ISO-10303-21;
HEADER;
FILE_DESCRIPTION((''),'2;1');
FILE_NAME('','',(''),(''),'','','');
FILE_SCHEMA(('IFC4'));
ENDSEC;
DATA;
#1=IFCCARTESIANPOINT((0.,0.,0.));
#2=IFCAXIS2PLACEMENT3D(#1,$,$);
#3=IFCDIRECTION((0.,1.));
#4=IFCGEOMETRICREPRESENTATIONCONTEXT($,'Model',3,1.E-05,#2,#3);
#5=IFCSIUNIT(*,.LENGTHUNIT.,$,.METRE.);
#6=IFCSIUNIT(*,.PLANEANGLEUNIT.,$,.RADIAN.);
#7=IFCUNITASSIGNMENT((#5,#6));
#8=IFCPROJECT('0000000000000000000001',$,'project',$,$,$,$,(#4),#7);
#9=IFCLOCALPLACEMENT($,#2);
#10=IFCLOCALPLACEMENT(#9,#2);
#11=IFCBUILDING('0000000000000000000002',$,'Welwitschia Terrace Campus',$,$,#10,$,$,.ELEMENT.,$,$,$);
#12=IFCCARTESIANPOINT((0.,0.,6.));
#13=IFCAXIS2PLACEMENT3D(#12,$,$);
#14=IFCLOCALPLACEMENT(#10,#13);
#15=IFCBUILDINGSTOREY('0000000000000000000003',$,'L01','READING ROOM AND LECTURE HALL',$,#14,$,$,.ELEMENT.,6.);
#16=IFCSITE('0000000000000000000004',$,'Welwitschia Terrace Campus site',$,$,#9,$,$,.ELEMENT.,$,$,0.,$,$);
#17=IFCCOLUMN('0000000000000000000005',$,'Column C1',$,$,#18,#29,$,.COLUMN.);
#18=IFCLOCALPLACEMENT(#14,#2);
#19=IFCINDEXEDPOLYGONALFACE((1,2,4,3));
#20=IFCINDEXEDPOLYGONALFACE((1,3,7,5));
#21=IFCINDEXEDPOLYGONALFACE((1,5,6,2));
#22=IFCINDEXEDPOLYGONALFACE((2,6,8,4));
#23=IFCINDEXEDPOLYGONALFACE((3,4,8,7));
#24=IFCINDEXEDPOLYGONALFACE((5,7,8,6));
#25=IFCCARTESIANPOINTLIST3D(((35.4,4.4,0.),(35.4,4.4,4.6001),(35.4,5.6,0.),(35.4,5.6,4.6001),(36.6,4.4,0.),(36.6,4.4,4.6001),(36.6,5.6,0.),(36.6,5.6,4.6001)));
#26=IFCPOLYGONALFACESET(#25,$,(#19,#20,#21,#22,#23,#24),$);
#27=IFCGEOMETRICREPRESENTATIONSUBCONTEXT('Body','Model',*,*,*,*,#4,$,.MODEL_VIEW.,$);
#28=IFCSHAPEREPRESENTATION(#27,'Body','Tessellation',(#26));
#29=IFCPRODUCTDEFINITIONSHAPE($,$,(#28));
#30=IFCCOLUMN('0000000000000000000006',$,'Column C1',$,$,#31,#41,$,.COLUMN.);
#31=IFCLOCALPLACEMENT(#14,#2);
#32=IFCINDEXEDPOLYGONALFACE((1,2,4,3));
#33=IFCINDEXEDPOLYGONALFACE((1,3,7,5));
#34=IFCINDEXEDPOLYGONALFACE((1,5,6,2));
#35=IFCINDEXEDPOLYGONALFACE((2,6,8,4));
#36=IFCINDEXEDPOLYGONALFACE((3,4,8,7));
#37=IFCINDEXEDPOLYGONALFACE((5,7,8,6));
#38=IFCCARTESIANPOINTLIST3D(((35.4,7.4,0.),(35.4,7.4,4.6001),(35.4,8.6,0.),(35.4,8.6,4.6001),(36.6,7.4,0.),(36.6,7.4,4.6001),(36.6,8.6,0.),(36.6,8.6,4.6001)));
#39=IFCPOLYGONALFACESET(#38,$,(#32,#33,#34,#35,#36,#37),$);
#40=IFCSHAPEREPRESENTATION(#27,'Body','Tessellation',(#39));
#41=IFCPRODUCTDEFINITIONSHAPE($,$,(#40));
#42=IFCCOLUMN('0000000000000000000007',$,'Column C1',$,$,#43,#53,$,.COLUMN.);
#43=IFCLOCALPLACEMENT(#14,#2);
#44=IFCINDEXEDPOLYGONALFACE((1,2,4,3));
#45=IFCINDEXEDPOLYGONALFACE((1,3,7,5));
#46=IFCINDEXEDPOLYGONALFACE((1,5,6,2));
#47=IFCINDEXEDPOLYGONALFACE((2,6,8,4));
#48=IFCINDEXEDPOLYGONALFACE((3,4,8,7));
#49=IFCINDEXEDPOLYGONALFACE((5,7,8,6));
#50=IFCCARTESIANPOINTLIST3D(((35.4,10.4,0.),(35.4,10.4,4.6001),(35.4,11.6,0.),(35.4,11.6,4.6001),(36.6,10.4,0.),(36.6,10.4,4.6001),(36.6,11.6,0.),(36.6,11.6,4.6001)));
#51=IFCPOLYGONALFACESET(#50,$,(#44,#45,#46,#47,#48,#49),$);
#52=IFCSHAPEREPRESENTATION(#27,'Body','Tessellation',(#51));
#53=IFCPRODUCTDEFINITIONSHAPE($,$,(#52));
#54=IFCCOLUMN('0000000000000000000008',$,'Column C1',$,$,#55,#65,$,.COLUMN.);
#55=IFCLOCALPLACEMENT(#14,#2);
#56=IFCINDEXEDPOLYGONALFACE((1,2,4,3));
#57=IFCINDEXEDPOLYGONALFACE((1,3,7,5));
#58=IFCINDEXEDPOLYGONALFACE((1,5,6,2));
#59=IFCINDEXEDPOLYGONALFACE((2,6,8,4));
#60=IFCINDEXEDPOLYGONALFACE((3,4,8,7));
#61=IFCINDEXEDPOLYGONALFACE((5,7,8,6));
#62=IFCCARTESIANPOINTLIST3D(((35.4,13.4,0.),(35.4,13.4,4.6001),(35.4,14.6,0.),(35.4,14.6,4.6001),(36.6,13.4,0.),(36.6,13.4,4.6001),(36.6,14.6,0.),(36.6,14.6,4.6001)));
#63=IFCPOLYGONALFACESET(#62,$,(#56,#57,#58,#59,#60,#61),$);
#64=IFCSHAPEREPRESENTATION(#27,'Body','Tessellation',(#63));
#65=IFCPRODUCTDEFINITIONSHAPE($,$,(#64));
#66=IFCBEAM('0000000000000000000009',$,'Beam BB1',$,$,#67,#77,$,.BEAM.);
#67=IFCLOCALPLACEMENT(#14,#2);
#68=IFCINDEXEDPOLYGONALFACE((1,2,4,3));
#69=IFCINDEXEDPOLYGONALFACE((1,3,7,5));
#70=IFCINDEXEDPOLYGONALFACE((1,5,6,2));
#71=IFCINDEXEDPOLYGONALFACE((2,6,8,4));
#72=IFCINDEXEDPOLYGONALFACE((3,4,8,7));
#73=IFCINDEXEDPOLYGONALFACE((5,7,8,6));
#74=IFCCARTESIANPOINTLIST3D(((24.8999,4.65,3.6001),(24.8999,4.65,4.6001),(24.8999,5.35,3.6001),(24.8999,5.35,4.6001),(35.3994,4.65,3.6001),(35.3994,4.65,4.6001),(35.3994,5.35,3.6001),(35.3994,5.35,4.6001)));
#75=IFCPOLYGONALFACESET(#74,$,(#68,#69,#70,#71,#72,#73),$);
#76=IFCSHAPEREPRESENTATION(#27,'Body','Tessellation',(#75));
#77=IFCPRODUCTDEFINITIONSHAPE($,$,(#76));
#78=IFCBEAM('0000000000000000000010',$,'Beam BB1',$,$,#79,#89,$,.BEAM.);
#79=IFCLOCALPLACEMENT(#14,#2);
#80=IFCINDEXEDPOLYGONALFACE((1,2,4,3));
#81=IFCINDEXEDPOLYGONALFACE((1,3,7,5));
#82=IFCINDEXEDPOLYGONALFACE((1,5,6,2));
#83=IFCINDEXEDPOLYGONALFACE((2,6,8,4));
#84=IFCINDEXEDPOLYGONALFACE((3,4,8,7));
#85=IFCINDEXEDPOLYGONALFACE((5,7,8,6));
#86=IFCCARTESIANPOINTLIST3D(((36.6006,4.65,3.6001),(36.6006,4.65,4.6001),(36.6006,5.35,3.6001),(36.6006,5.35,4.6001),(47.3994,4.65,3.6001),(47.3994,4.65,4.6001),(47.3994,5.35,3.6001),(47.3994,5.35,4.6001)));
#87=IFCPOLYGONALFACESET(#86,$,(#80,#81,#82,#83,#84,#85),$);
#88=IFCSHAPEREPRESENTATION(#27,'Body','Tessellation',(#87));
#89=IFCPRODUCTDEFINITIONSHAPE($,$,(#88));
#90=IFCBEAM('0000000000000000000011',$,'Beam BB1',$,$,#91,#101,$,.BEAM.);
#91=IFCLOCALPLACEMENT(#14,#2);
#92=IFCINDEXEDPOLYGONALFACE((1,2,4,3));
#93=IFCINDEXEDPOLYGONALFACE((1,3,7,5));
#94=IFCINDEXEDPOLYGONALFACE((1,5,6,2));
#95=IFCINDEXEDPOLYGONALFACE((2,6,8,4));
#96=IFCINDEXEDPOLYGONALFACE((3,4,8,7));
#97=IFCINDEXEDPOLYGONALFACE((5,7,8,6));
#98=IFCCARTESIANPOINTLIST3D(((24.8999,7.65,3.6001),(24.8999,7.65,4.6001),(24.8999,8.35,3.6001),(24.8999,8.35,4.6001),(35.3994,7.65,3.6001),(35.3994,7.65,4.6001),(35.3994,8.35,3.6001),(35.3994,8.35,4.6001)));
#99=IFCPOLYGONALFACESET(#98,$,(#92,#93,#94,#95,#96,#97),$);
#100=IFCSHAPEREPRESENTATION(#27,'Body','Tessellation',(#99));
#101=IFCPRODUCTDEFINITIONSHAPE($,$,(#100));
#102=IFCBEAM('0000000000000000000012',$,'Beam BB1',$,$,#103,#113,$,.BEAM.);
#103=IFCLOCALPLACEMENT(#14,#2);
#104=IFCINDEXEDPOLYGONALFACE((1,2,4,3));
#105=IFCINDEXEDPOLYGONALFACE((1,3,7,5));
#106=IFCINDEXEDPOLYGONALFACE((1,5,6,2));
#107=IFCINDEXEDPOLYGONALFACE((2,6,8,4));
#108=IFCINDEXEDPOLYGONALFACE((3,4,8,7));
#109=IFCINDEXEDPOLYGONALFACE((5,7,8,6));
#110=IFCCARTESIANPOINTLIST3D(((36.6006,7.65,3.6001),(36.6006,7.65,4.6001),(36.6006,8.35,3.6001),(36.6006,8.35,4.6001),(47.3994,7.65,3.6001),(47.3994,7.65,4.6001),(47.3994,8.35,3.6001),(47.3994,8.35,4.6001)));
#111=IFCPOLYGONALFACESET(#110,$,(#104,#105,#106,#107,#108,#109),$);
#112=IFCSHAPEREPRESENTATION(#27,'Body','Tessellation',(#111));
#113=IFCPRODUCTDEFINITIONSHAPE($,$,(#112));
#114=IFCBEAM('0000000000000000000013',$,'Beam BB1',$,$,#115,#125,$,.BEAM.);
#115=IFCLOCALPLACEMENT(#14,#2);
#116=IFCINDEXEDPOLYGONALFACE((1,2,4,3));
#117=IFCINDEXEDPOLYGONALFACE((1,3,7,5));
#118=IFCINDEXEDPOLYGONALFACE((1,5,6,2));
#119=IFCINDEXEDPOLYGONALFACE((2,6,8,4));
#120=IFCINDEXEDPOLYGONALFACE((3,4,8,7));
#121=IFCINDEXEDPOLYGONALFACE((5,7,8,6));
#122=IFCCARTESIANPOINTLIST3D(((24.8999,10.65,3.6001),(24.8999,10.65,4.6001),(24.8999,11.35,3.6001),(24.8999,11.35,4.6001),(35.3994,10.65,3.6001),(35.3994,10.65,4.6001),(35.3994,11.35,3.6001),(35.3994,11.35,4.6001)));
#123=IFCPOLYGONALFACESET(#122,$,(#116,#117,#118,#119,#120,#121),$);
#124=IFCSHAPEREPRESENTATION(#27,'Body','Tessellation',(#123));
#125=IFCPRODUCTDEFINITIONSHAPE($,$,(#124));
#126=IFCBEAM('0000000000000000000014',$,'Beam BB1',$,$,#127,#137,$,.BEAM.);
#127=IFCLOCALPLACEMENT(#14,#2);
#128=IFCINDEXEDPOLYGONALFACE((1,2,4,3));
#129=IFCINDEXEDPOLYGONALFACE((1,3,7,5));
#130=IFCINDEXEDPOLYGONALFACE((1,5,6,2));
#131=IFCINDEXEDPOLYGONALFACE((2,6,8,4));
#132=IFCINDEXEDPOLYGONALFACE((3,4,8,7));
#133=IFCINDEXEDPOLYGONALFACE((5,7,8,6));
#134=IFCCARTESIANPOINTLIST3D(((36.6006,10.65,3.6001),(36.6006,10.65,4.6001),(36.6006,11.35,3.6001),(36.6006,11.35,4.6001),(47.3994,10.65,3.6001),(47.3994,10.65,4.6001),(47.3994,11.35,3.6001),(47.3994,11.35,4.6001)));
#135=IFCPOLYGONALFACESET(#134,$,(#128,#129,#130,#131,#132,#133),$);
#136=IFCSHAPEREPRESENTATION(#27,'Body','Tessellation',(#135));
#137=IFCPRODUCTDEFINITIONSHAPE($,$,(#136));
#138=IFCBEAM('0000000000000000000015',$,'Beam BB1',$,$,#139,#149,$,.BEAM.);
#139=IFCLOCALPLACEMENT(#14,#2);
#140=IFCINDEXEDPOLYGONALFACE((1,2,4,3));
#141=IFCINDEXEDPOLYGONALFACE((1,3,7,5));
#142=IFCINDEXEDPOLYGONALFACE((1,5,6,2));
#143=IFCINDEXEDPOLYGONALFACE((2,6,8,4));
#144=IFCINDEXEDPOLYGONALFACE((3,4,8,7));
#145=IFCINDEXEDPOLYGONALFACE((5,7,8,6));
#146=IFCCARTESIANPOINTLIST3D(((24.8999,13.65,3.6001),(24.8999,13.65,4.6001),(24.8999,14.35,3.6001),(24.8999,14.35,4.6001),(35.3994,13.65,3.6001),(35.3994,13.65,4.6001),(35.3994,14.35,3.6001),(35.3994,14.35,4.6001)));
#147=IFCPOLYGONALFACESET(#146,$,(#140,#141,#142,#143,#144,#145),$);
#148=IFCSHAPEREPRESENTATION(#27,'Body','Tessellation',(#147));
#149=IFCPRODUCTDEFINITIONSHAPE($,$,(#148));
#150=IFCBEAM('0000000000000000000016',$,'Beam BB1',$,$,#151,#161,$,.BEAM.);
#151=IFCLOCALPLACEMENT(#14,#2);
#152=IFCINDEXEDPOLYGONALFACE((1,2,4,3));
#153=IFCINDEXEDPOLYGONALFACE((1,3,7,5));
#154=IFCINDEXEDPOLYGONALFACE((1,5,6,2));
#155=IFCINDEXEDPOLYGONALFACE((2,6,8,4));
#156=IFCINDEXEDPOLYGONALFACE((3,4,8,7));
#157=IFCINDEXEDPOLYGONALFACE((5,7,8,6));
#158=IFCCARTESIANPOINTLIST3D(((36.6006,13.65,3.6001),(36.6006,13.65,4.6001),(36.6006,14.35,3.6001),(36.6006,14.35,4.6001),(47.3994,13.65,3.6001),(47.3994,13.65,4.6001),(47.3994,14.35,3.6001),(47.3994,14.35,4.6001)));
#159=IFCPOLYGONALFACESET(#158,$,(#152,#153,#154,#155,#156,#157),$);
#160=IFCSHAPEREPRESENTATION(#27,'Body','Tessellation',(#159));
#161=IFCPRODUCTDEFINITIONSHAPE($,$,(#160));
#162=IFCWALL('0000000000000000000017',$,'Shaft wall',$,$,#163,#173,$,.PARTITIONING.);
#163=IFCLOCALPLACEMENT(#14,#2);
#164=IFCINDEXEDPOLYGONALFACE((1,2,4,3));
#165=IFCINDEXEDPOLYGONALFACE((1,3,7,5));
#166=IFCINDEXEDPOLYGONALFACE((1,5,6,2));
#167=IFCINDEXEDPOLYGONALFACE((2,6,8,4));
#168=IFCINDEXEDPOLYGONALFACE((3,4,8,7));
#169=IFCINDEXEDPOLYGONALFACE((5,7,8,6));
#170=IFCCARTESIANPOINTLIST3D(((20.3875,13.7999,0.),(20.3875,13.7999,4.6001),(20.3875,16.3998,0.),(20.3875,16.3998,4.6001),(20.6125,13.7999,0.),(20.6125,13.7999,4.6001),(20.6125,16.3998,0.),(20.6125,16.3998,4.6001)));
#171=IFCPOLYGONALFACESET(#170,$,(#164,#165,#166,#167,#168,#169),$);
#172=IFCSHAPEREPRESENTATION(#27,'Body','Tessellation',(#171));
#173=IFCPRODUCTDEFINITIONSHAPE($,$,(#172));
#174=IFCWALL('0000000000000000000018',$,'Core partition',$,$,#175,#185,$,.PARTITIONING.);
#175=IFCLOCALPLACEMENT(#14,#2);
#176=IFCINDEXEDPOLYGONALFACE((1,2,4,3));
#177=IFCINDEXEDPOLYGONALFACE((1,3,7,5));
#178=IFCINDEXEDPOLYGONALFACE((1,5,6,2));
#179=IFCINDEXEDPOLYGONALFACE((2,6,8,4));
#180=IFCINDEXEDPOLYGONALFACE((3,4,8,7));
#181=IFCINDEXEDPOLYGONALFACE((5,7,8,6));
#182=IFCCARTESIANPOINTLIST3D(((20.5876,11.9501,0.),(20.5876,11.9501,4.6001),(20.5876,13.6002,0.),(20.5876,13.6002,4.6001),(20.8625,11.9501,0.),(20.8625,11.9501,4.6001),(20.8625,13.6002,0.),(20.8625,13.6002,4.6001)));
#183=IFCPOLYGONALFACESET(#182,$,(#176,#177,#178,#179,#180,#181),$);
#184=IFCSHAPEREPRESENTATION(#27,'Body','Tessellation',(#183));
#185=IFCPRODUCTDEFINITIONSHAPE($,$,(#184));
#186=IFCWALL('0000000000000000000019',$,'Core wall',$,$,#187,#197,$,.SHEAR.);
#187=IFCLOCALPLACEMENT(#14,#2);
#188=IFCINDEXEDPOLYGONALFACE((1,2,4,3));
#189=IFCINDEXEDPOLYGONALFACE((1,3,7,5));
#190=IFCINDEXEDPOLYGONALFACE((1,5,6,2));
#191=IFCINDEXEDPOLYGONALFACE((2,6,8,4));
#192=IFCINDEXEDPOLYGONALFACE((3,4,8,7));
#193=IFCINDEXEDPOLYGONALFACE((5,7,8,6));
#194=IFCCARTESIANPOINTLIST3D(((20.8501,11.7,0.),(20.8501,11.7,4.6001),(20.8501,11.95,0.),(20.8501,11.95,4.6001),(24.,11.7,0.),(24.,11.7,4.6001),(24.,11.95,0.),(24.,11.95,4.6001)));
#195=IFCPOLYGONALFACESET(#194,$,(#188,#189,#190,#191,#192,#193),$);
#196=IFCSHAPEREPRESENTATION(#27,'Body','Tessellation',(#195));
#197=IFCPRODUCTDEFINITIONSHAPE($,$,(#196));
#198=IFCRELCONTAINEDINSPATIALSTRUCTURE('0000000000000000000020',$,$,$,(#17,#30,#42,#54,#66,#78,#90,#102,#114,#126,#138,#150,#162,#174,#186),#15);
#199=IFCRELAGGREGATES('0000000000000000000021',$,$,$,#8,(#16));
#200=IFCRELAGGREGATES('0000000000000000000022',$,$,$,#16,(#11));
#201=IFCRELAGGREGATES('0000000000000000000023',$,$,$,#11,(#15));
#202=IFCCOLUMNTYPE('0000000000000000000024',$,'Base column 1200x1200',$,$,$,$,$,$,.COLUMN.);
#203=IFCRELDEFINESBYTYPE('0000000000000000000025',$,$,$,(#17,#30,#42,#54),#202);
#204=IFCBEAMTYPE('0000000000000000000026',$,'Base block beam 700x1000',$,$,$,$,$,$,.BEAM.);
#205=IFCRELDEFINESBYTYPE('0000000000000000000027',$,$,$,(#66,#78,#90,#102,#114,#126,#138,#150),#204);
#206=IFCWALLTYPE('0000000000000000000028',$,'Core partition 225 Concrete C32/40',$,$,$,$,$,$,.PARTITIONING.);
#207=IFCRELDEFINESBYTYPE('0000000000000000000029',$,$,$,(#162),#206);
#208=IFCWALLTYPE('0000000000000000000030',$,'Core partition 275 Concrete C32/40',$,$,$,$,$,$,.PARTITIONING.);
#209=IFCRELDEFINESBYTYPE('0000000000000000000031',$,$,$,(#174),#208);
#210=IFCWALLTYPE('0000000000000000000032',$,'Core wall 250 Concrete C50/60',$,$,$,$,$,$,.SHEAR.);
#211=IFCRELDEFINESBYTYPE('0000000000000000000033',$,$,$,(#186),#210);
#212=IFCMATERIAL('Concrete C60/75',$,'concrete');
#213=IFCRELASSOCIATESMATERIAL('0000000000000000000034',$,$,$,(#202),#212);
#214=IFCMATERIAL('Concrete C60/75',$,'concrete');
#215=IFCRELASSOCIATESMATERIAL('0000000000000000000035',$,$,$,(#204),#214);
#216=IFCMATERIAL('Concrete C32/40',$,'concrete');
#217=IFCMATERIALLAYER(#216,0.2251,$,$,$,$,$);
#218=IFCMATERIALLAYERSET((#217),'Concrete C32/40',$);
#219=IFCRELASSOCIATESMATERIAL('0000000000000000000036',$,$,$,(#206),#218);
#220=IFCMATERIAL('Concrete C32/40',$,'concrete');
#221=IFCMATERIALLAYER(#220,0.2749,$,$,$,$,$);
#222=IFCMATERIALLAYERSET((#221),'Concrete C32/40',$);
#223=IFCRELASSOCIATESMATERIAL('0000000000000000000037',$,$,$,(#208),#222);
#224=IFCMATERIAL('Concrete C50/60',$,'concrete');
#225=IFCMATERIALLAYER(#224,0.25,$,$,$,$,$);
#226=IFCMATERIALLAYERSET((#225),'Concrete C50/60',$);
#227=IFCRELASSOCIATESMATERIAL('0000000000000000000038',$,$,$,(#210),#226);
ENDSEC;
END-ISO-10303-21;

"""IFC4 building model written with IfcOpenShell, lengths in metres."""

from ifc_helpers import new_model, si_unit, direction, frame, frame_2d, origin, origin_2d, place, context, subcontext, project, spatial, rectangle, extrude, material, layer, layer_set, material_profile, profile_set, type_object, element, save


model = new_model("IFC4")

# Units and contexts
model_context = context("Model", 3, precision=1e-05, world=origin(), true_north=direction((0.0, 1.0)))
body_context = subcontext(model_context, "Body", "Model", "MODEL_VIEW")
ifc_project = project(units=[si_unit("LENGTHUNIT", "METRE"), si_unit("PLANEANGLEUNIT", "RADIAN")], contexts=[model_context])

# Site, building, storey
site_placement = place(None, origin())
site = spatial("IfcSite", under=ifc_project, at=site_placement, Name="Welwitschia Terrace Campus site", CompositionType="ELEMENT", RefElevation=0.0)
building_placement = place(site_placement, origin())
building = spatial("IfcBuilding", under=site, at=building_placement, Name="Welwitschia Terrace Campus", CompositionType="ELEMENT")
storey_placement = place(building_placement, frame((0.0, 0.0, 6.0)))
storey = spatial("IfcBuildingStorey", under=building, at=storey_placement, Name="L01", Description="READING ROOM AND LECTURE HALL", CompositionType="ELEMENT", Elevation=6.0)

# Columns
ifc_material_1 = material(Name="Concrete C60/75", Category="concrete")
ifc_material_profile_1 = material_profile(ifc_material_1, rectangle(XDim=1.2, YDim=1.2, at=origin_2d()))
ifc_profile_set_1 = profile_set([ifc_material_profile_1], Name="Concrete C60/75")
column_type = type_object("IfcColumnType", Name="Base column 1200x1200", PredefinedType="COLUMN", material=ifc_profile_set_1)
for number, where, z_axis, x_axis, name in (
    (1, (36.0, 5.0, 0.0), (0.0, 0.0, 1.0), (1.0, 0.0, 0.0), "Column C1"),
    (2, (36.0, 8.0, 0.0), (0.0, 0.0, 1.0), (1.0, 0.0, 0.0), "Column C1"),
    (3, (36.0, 11.0, 0.0), (0.0, 0.0, 1.0), (1.0, 0.0, 0.0), "Column C1"),
    (4, (36.0, 14.0, 0.0), (0.0, 0.0, 1.0), (1.0, 0.0, 0.0), "Column C1"),
):
    element("IfcColumn", number, at=place(storey_placement, frame(where, z_axis=z_axis, x_axis=x_axis)), inside=storey, type_object=column_type, Name=name, PredefinedType="COLUMN", context=body_context, shape_type="SweptSolid", body=[
        extrude(rectangle(XDim=1.2, YDim=1.2, at=origin_2d()), origin(), (0.0, 0.0, 1.0), 4.6001),
    ])

# Beams
ifc_material_2 = material(Name="Concrete C60/75", Category="concrete")
ifc_material_profile_2 = material_profile(ifc_material_2, rectangle(XDim=0.7, YDim=1.0, at=origin_2d()))
ifc_profile_set_2 = profile_set([ifc_material_profile_2], Name="Concrete C60/75")
beam_type = type_object("IfcBeamType", Name="Base block beam 700x1000", PredefinedType="BEAM", material=ifc_profile_set_2)
beam_1_placement = place(storey_placement, frame((24.8999, 5.0, 4.1001), z_axis=(1.0, 0.0, 0.0), x_axis=(0.0, 1.0, 0.0)))
element("IfcBeam", 5, at=beam_1_placement, inside=storey, type_object=beam_type, Name="Beam BB1", PredefinedType="BEAM", context=body_context, shape_type="SweptSolid", body=[
    extrude(rectangle(XDim=0.7, YDim=1.0, at=origin_2d()), origin(), (0.0, 0.0, 1.0), 10.4995),
])
beam_2_placement = place(storey_placement, frame((36.6006, 5.0, 4.1001), z_axis=(1.0, 0.0, 0.0), x_axis=(0.0, 1.0, 0.0)))
element("IfcBeam", 6, at=beam_2_placement, inside=storey, type_object=beam_type, Name="Beam BB1", PredefinedType="BEAM", context=body_context, shape_type="SweptSolid", body=[
    extrude(rectangle(XDim=0.7, YDim=1.0, at=origin_2d()), origin(), (0.0, 0.0, 1.0), 10.7988),
])
beam_3_placement = place(storey_placement, frame((24.8999, 8.0, 4.1001), z_axis=(1.0, 0.0, 0.0), x_axis=(0.0, 1.0, 0.0)))
element("IfcBeam", 7, at=beam_3_placement, inside=storey, type_object=beam_type, Name="Beam BB1", PredefinedType="BEAM", context=body_context, shape_type="SweptSolid", body=[
    extrude(rectangle(XDim=0.7, YDim=1.0, at=origin_2d()), origin(), (0.0, 0.0, 1.0), 10.4995),
])
beam_4_placement = place(storey_placement, frame((36.6006, 8.0, 4.1001), z_axis=(1.0, 0.0, 0.0), x_axis=(0.0, 1.0, 0.0)))
element("IfcBeam", 8, at=beam_4_placement, inside=storey, type_object=beam_type, Name="Beam BB1", PredefinedType="BEAM", context=body_context, shape_type="SweptSolid", body=[
    extrude(rectangle(XDim=0.7, YDim=1.0, at=origin_2d()), origin(), (0.0, 0.0, 1.0), 10.7988),
])
beam_5_placement = place(storey_placement, frame((24.8999, 11.0, 4.1001), z_axis=(1.0, 0.0, 0.0), x_axis=(0.0, 1.0, 0.0)))
element("IfcBeam", 9, at=beam_5_placement, inside=storey, type_object=beam_type, Name="Beam BB1", PredefinedType="BEAM", context=body_context, shape_type="SweptSolid", body=[
    extrude(rectangle(XDim=0.7, YDim=1.0, at=origin_2d()), origin(), (0.0, 0.0, 1.0), 10.4995),
])
beam_6_placement = place(storey_placement, frame((36.6006, 11.0, 4.1001), z_axis=(1.0, 0.0, 0.0), x_axis=(0.0, 1.0, 0.0)))
element("IfcBeam", 10, at=beam_6_placement, inside=storey, type_object=beam_type, Name="Beam BB1", PredefinedType="BEAM", context=body_context, shape_type="SweptSolid", body=[
    extrude(rectangle(XDim=0.7, YDim=1.0, at=origin_2d()), origin(), (0.0, 0.0, 1.0), 10.7988),
])
beam_7_placement = place(storey_placement, frame((24.8999, 14.0, 4.1001), z_axis=(1.0, 0.0, 0.0), x_axis=(0.0, 1.0, 0.0)))
element("IfcBeam", 11, at=beam_7_placement, inside=storey, type_object=beam_type, Name="Beam BB1", PredefinedType="BEAM", context=body_context, shape_type="SweptSolid", body=[
    extrude(rectangle(XDim=0.7, YDim=1.0, at=origin_2d()), origin(), (0.0, 0.0, 1.0), 10.4995),
])
beam_8_placement = place(storey_placement, frame((36.6006, 14.0, 4.1001), z_axis=(1.0, 0.0, 0.0), x_axis=(0.0, 1.0, 0.0)))
element("IfcBeam", 12, at=beam_8_placement, inside=storey, type_object=beam_type, Name="Beam BB1", PredefinedType="BEAM", context=body_context, shape_type="SweptSolid", body=[
    extrude(rectangle(XDim=0.7, YDim=1.0, at=origin_2d()), origin(), (0.0, 0.0, 1.0), 10.7988),
])

# Walls
ifc_material_3 = material(Name="Concrete C32/40", Category="concrete")
ifc_layer_1 = layer(ifc_material_3, 0.2251)
ifc_layer_set_1 = layer_set([ifc_layer_1], Name="Concrete C32/40")
wall_type_1 = type_object("IfcWallType", Name="Core partition 225 Concrete C32/40", PredefinedType="PARTITIONING", material=ifc_layer_set_1)
wall_1_placement = place(storey_placement, frame((20.5, 13.8, 0.0), z_axis=(0.0, 0.0, 1.0), x_axis=(0.0, 1.0, 0.0)))
element("IfcWall", 13, at=wall_1_placement, inside=storey, type_object=wall_type_1, Name="Shaft wall", PredefinedType="PARTITIONING", context=body_context, shape_type="SweptSolid", body=[
    extrude(rectangle(XDim=2.5999, YDim=0.2251, at=frame_2d((1.2998, 0.0))), origin(), (0.0, 0.0, 1.0), 4.6001),
])
ifc_material_4 = material(Name="Concrete C32/40", Category="concrete")
ifc_layer_2 = layer(ifc_material_4, 0.2749)
ifc_layer_set_2 = layer_set([ifc_layer_2], Name="Concrete C32/40")
wall_type_2 = type_object("IfcWallType", Name="Core partition 275 Concrete C32/40", PredefinedType="PARTITIONING", material=ifc_layer_set_2)
wall_2_placement = place(storey_placement, frame((20.7251, 11.95, 0.0), z_axis=(0.0, 0.0, 1.0), x_axis=(0.0, 1.0, 0.0)))
element("IfcWall", 14, at=wall_2_placement, inside=storey, type_object=wall_type_2, Name="Core partition", PredefinedType="PARTITIONING", context=body_context, shape_type="SweptSolid", body=[
    extrude(rectangle(XDim=1.6501, YDim=0.2749, at=frame_2d((0.8252, 0.0))), origin(), (0.0, 0.0, 1.0), 4.6001),
])
ifc_material_5 = material(Name="Concrete C50/60", Category="concrete")
ifc_layer_3 = layer(ifc_material_5, 0.25)
ifc_layer_set_3 = layer_set([ifc_layer_3], Name="Concrete C50/60")
wall_type_3 = type_object("IfcWallType", Name="Core wall 250 Concrete C50/60", PredefinedType="SHEAR", material=ifc_layer_set_3)
wall_3_placement = place(storey_placement, frame((20.8501, 11.825, 0.0), z_axis=(0.0, 0.0, 1.0), x_axis=(1.0, 0.0, 0.0)))
element("IfcWall", 15, at=wall_3_placement, inside=storey, type_object=wall_type_3, Name="Core wall", PredefinedType="SHEAR", context=body_context, shape_type="SweptSolid", body=[
    extrude(rectangle(XDim=3.1499, YDim=0.25, at=frame_2d((1.575, 0.0))), origin(), (0.0, 0.0, 1.0), 4.6001),
])

save(model, "model.ifc")
